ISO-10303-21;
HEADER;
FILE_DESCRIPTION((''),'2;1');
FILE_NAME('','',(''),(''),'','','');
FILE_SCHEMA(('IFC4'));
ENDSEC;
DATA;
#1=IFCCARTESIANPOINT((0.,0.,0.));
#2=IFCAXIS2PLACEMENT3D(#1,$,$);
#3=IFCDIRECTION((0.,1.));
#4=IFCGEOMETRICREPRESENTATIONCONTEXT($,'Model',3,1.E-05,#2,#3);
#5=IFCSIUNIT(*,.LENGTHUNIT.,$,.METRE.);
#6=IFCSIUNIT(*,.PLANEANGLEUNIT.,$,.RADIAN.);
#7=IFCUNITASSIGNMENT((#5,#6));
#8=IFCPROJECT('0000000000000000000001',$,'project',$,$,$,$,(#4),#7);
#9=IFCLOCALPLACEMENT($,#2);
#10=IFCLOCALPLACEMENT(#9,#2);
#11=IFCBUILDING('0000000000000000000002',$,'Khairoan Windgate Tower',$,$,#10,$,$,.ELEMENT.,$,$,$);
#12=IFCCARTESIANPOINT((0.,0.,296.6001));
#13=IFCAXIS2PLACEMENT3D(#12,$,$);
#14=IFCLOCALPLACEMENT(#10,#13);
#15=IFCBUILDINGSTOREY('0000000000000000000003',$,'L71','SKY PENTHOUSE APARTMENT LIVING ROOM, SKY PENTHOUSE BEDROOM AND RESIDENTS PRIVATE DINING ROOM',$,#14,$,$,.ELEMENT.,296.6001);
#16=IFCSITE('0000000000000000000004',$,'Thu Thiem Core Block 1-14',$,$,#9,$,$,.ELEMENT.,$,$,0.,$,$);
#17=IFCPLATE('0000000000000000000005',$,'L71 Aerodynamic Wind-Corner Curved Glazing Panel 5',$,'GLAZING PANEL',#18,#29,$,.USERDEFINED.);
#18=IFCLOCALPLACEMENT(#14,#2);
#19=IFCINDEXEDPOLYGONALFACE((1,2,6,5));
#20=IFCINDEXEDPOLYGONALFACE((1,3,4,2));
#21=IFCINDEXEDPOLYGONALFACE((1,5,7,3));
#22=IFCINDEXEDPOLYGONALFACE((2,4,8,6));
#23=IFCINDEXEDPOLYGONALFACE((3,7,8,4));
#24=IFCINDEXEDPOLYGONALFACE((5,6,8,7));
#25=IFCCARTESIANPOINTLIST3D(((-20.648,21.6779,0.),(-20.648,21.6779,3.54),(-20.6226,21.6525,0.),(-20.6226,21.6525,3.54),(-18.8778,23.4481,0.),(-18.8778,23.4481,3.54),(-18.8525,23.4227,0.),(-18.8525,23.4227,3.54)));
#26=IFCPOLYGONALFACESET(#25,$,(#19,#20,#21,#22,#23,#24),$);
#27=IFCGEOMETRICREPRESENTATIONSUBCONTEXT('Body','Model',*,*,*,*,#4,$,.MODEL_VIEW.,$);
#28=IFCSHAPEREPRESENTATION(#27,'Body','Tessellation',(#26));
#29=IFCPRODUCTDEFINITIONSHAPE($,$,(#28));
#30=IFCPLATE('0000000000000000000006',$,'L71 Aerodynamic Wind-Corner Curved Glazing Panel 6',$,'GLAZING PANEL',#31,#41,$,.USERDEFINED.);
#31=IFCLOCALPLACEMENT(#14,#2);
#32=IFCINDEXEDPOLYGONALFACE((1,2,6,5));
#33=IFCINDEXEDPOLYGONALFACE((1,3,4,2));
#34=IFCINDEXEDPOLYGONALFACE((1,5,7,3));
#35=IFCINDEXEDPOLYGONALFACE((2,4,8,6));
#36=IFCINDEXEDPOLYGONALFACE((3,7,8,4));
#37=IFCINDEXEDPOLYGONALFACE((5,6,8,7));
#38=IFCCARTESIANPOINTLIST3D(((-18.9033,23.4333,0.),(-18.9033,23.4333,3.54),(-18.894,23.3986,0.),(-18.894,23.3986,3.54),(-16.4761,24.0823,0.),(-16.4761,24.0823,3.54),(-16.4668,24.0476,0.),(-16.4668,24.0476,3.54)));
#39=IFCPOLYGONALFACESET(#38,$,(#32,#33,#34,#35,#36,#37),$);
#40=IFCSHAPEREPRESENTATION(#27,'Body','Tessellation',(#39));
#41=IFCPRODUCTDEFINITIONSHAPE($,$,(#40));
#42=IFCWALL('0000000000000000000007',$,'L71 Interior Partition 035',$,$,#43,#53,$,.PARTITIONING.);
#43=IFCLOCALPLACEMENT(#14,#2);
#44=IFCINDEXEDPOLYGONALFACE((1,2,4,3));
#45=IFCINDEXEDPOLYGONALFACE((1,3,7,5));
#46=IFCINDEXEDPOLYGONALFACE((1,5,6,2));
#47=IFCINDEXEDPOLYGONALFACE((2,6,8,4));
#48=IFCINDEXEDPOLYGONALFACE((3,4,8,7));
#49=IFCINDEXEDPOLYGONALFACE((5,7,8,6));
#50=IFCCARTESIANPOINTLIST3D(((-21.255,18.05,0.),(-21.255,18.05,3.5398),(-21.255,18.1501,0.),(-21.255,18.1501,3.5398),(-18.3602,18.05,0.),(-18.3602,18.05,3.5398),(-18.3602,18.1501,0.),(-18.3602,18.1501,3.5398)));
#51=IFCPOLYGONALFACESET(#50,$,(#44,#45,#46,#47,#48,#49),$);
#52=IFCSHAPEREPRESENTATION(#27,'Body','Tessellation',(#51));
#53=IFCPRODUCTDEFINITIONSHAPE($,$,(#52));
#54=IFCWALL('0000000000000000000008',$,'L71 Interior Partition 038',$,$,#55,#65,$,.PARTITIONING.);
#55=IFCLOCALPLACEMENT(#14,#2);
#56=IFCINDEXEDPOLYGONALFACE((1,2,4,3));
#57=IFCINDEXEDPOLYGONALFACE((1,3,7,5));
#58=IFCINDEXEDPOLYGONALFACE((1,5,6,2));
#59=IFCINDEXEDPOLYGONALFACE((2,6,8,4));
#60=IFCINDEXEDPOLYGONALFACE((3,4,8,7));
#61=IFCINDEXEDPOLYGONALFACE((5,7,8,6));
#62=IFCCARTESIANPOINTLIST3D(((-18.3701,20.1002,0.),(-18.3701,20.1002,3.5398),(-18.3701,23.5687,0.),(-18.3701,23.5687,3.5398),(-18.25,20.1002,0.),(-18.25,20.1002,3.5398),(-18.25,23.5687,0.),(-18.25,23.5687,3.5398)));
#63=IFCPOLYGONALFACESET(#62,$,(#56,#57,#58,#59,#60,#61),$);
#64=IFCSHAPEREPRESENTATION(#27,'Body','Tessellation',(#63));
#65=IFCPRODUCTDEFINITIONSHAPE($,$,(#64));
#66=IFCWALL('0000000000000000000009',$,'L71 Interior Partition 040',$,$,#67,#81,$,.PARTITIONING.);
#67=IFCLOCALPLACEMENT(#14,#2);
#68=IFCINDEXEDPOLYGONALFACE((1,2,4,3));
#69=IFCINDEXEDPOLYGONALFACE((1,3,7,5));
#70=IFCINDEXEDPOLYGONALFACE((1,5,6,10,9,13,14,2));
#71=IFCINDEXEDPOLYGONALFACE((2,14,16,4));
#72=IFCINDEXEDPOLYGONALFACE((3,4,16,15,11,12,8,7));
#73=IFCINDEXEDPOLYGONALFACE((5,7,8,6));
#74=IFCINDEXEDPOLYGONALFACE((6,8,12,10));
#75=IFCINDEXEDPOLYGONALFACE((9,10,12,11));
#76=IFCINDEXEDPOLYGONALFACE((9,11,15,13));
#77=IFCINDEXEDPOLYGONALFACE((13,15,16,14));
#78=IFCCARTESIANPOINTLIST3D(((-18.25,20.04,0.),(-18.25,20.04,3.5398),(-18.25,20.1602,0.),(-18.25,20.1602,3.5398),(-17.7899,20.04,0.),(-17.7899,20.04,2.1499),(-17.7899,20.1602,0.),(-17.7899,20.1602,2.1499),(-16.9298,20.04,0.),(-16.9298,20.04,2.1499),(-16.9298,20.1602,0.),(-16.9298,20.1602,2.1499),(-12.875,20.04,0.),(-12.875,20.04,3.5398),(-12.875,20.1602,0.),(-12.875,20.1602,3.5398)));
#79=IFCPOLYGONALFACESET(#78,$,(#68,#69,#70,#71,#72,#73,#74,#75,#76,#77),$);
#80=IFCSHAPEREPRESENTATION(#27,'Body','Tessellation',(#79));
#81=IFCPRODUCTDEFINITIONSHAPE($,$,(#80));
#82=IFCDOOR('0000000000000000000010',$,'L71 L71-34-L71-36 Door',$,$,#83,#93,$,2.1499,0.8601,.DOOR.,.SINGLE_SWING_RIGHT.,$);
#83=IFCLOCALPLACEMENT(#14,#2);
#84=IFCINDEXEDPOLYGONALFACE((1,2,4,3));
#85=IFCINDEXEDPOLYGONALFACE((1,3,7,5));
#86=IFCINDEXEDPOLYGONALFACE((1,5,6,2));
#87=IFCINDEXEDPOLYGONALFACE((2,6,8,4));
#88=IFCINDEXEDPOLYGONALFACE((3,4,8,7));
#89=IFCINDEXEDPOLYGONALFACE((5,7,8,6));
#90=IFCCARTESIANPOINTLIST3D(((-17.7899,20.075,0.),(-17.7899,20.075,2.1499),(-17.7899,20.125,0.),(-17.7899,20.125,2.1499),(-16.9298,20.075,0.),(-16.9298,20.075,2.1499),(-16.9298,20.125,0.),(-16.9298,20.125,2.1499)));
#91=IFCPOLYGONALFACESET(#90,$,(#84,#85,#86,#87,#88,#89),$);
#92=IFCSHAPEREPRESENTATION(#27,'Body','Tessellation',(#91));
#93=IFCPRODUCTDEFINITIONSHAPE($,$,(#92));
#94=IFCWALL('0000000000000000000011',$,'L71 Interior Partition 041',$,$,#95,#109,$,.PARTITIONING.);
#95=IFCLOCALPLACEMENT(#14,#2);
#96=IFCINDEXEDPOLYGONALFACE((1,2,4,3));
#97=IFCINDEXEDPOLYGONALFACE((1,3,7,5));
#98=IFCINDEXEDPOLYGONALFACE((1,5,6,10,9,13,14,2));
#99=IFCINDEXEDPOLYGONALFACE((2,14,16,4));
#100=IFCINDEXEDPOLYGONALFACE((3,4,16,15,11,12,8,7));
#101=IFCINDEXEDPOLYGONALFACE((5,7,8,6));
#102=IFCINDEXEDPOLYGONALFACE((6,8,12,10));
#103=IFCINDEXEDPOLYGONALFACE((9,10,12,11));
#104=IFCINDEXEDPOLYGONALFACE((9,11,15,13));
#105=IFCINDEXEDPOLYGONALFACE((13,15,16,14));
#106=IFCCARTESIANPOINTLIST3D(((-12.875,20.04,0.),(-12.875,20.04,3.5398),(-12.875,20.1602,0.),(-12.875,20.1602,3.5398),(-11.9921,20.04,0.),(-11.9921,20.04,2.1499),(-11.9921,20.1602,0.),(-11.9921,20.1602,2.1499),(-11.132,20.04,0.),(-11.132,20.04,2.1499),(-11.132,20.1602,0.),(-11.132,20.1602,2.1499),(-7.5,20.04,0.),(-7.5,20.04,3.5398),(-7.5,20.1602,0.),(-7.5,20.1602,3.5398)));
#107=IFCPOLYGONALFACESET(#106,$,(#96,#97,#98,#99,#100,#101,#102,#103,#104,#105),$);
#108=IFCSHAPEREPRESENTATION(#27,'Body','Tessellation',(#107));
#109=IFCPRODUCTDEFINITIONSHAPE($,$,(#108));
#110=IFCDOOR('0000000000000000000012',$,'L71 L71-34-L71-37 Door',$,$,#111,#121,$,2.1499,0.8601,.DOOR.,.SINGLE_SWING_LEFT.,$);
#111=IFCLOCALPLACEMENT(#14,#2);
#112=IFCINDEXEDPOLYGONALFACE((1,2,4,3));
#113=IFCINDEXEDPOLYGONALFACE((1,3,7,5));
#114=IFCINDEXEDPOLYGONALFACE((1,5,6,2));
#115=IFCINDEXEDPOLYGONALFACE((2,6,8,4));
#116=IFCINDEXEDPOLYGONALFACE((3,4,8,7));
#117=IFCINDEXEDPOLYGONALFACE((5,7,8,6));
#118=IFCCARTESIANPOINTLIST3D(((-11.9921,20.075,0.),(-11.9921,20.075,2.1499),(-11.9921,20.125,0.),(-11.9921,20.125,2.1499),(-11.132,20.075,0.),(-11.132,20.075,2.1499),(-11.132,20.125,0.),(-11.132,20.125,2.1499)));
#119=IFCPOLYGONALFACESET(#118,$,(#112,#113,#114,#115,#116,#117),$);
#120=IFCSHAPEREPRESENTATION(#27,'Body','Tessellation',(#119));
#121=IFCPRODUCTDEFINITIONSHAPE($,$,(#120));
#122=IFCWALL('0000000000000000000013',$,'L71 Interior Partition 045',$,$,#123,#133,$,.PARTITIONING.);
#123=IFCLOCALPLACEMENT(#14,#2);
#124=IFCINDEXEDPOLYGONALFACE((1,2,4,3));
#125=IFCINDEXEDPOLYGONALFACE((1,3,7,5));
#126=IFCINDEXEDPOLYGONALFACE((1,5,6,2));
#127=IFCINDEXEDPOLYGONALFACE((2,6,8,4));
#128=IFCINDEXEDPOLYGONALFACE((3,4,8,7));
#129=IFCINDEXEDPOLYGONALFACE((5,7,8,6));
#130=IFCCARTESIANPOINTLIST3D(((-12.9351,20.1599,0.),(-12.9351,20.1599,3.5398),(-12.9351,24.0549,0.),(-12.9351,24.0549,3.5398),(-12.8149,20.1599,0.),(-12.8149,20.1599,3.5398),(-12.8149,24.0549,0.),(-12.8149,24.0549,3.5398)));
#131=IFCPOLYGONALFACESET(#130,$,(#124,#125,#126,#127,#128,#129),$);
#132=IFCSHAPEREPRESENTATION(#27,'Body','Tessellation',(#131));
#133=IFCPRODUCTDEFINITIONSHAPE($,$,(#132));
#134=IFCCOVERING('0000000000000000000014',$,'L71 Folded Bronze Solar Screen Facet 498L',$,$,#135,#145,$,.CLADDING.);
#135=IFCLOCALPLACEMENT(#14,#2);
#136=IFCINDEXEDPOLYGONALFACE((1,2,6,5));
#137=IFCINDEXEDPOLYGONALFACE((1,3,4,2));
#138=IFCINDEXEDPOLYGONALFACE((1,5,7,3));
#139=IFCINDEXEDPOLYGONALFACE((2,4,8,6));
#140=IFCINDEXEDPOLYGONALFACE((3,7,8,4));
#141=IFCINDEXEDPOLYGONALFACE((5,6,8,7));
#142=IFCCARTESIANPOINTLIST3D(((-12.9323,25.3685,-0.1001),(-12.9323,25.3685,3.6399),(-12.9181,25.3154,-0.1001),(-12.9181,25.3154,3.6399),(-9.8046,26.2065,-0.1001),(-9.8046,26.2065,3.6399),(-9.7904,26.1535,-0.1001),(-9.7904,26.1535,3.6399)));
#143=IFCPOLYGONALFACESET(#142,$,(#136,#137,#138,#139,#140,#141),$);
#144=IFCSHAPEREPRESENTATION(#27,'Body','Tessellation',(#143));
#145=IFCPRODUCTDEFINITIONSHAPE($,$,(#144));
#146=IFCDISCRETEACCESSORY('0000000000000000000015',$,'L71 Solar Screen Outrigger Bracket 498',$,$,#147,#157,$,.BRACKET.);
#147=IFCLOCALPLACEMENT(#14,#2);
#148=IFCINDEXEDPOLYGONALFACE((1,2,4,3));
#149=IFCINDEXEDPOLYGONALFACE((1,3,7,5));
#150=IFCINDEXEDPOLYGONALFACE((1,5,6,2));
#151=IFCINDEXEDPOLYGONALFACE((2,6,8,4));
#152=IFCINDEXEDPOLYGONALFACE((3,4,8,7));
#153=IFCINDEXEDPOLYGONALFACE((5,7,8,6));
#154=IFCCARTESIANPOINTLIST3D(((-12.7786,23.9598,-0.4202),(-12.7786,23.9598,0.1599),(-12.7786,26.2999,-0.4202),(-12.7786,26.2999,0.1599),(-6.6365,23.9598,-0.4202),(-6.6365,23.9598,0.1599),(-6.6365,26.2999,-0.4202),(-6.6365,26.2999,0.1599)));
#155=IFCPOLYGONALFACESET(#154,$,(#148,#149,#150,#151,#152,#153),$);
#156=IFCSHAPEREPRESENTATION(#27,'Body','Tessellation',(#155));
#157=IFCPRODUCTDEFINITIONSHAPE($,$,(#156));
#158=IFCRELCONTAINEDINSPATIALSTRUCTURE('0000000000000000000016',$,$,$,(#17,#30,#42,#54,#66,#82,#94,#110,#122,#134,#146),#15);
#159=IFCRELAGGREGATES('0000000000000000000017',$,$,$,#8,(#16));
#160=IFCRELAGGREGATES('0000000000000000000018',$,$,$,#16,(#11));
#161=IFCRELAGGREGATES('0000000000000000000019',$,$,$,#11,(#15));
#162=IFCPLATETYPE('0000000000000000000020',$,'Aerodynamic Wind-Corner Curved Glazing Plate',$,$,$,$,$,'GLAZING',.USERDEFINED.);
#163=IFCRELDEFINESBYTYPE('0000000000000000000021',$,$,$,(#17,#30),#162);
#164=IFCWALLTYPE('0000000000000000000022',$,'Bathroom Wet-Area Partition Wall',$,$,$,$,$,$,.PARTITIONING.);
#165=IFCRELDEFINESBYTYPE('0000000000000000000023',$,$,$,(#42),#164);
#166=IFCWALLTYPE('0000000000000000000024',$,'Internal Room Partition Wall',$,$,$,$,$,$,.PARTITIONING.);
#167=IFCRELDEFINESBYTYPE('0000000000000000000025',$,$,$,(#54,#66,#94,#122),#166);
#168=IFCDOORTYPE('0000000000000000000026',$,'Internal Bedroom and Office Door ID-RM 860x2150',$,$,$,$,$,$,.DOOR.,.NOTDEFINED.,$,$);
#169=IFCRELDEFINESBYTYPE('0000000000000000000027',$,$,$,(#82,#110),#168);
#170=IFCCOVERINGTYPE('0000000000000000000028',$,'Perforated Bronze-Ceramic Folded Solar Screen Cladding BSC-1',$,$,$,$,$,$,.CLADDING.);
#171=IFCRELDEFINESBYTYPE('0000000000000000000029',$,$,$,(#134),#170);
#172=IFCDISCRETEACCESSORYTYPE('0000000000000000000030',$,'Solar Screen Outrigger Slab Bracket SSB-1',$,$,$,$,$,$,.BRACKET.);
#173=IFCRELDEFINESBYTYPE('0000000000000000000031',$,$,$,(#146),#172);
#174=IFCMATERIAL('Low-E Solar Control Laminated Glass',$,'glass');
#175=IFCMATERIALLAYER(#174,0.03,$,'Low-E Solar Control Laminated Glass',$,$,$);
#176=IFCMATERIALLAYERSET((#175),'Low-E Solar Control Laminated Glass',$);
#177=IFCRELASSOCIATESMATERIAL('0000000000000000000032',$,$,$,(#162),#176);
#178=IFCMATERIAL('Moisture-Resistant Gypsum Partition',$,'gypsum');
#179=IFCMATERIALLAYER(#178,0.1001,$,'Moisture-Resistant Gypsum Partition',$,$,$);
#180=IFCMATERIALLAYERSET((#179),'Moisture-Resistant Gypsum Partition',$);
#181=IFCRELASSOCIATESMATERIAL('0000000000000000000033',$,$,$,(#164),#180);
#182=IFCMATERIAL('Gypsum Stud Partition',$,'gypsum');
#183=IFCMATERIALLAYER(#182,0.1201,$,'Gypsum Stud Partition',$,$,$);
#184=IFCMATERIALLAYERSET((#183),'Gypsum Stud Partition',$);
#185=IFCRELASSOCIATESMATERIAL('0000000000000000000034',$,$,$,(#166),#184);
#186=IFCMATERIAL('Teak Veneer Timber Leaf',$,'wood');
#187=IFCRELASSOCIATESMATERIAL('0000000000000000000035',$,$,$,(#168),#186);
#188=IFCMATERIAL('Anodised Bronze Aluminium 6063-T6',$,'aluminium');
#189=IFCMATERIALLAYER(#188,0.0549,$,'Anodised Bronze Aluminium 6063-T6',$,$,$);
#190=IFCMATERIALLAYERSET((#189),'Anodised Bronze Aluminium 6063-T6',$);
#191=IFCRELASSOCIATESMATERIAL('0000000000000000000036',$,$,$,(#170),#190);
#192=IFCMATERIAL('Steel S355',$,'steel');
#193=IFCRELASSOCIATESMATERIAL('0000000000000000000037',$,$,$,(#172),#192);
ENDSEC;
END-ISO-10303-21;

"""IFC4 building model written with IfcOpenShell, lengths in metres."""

from ifc_helpers import new_model, si_unit, direction, frame, frame_2d, origin, origin_2d, place, context, subcontext, project, spatial, rectangle, extrude, material, layer, layer_set, type_object, element, fill, save


model = new_model("IFC4")

# Units and contexts
model_context = context("Model", 3, precision=1e-05, world=origin(), true_north=direction((0.0, 1.0)))
body_context = subcontext(model_context, "Body", "Model", "MODEL_VIEW")
ifc_project = project(units=[si_unit("LENGTHUNIT", "METRE"), si_unit("PLANEANGLEUNIT", "RADIAN")], contexts=[model_context])

# Site, building, storey
site_placement = place(None, origin())
site = spatial("IfcSite", under=ifc_project, at=site_placement, Name="Thu Thiem Core Block 1-14", CompositionType="ELEMENT", RefElevation=0.0)
building_placement = place(site_placement, origin())
building = spatial("IfcBuilding", under=site, at=building_placement, Name="Khairoan Windgate Tower", CompositionType="ELEMENT")
storey_placement = place(building_placement, frame((0.0, 0.0, 296.6001)))
storey = spatial("IfcBuildingStorey", under=building, at=storey_placement, Name="L71", Description="SKY PENTHOUSE APARTMENT LIVING ROOM, SKY PENTHOUSE BEDROOM AND RESIDENTS PRIVATE DINING ROOM", CompositionType="ELEMENT", Elevation=296.6001)

# Plates
ifc_material_1 = material(Name="Low-E Solar Control Laminated Glass", Category="glass")
ifc_layer_1 = layer(ifc_material_1, 0.03, Name="Low-E Solar Control Laminated Glass")
ifc_layer_set_1 = layer_set([ifc_layer_1], Name="Low-E Solar Control Laminated Glass")
plate_type_1 = type_object("IfcPlateType", Name="Aerodynamic Wind-Corner Curved Glazing Plate", ElementType="GLAZING", PredefinedType="USERDEFINED", material=ifc_layer_set_1)
plate_1_placement = place(storey_placement, frame((-19.7502, 22.5503, 0.0), z_axis=(0.0, 0.0, 1.0), x_axis=(0.707107, 0.707107, 0.0)))
element("IfcPlate", 1, at=plate_1_placement, inside=storey, type_object=plate_type_1, Name="L71 Aerodynamic Wind-Corner Curved Glazing Panel 5", ObjectType="GLAZING PANEL", PredefinedType="USERDEFINED", context=body_context, shape_type="SweptSolid", body=[
    extrude(rectangle(XDim=2.5034, YDim=0.0359, at=origin_2d()), origin(), (0.0, 0.0, 1.0), 3.54),
])
plate_2_placement = place(storey_placement, frame((-17.6851, 23.7405, 0.0), z_axis=(0.0, 0.0, 1.0), x_axis=(0.966061, 0.258313, 0.0)))
element("IfcPlate", 2, at=plate_2_placement, inside=storey, type_object=plate_type_1, Name="L71 Aerodynamic Wind-Corner Curved Glazing Panel 6", ObjectType="GLAZING PANEL", PredefinedType="USERDEFINED", context=body_context, shape_type="SweptSolid", body=[
    extrude(rectangle(XDim=2.5125, YDim=0.0359, at=origin_2d()), origin(), (0.0, 0.0, 1.0), 3.54),
])

# Wall
ifc_material_2 = material(Name="Moisture-Resistant Gypsum Partition", Category="gypsum")
ifc_layer_2 = layer(ifc_material_2, 0.1001, Name="Moisture-Resistant Gypsum Partition")
ifc_layer_set_2 = layer_set([ifc_layer_2], Name="Moisture-Resistant Gypsum Partition")
wall_type_1 = type_object("IfcWallType", Name="Bathroom Wet-Area Partition Wall", PredefinedType="PARTITIONING", material=ifc_layer_set_2)
wall_1_placement = place(storey_placement, frame((-21.2549, 18.1001, 0.0), z_axis=(0.0, 0.0, 1.0), x_axis=(1.0, 0.0, 0.0)))
element("IfcWall", 3, at=wall_1_placement, inside=storey, type_object=wall_type_1, Name="L71 Interior Partition 035", PredefinedType="PARTITIONING", context=body_context, shape_type="SweptSolid", body=[
    extrude(rectangle(XDim=2.8948, YDim=0.1001, at=frame_2d((1.4473, 0.0))), origin(), (0.0, 0.0, 1.0), 3.5398),
])

# Shared definitions
ifc_material_3 = material(Name="Gypsum Stud Partition", Category="gypsum")
ifc_layer_3 = layer(ifc_material_3, 0.1201, Name="Gypsum Stud Partition")
ifc_layer_set_3 = layer_set([ifc_layer_3], Name="Gypsum Stud Partition")
wall_type_2 = type_object("IfcWallType", Name="Internal Room Partition Wall", PredefinedType="PARTITIONING", material=ifc_layer_set_3)
ifc_material_4 = material(Name="Teak Veneer Timber Leaf", Category="wood")
door_type = type_object("IfcDoorType", Name="Internal Bedroom and Office Door ID-RM 860x2150", OperationType="NOTDEFINED", PredefinedType="DOOR", material=ifc_material_4)

# Wall
wall_2_placement = place(storey_placement, frame((-18.3101, 20.1001, 0.0), z_axis=(0.0, 0.0, 1.0), x_axis=(0.0, 1.0, 0.0)))
element("IfcWall", 4, at=wall_2_placement, inside=storey, type_object=wall_type_2, Name="L71 Interior Partition 038", PredefinedType="PARTITIONING", context=body_context, shape_type="SweptSolid", body=[
    extrude(rectangle(XDim=3.4685, YDim=0.1201, at=frame_2d((1.7344, 0.0))), origin(), (0.0, 0.0, 1.0), 3.5398),
])

# Walls, openings, doors
wall_3_placement = place(storey_placement, frame((-18.25, 20.1001, 0.0), z_axis=(0.0, 0.0, 1.0), x_axis=(1.0, 0.0, 0.0)))
wall_3 = element("IfcWall", 5, at=wall_3_placement, inside=storey, type_object=wall_type_2, Name="L71 Interior Partition 040", PredefinedType="PARTITIONING", context=body_context, shape_type="SweptSolid", body=[
    extrude(rectangle(XDim=5.375, YDim=0.1201, at=frame_2d((2.6875, 0.0))), origin(), (0.0, 0.0, 1.0), 3.5398),
])
opening_1_placement = place(wall_3_placement, frame((0.46, 0.0, 0.0)))
opening_1 = element("IfcOpeningElement", 6, at=opening_1_placement, cuts=wall_3, PredefinedType="OPENING", context=body_context, shape_type="SweptSolid", body=[
    extrude(rectangle(XDim=0.8601, YDim=2.1499, at=frame_2d((0.4302, 1.075))), frame((0.0, 0.0701, 0.0), z_axis=(0.0, -1.0, 0.0), x_axis=(1.0, 0.0, 0.0)), (0.0, 0.0, 1.0), 0.1401),
])
door_1_placement = place(opening_1_placement, origin())
door_1 = element("IfcDoor", 7, at=door_1_placement, inside=storey, type_object=door_type, Name="L71 L71-34-L71-36 Door", OperationType="SINGLE_SWING_RIGHT", OverallHeight=2.1499, OverallWidth=0.8601, PredefinedType="DOOR", context=body_context, shape_type="SweptSolid", body=[
    extrude(rectangle(XDim=0.8601, YDim=2.1499, at=frame_2d((0.4302, 1.075))), frame((0.0, 0.0249, 0.0), z_axis=(0.0, -1.0, 0.0), x_axis=(1.0, 0.0, 0.0)), (0.0, 0.0, 1.0), 0.05),
])
fill(opening_1, door_1)
wall_4_placement = place(storey_placement, frame((-12.875, 20.1001, 0.0), z_axis=(0.0, 0.0, 1.0), x_axis=(1.0, 0.0, 0.0)))
wall_4 = element("IfcWall", 8, at=wall_4_placement, inside=storey, type_object=wall_type_2, Name="L71 Interior Partition 041", PredefinedType="PARTITIONING", context=body_context, shape_type="SweptSolid", body=[
    extrude(rectangle(XDim=5.375, YDim=0.1201, at=frame_2d((2.6875, 0.0))), origin(), (0.0, 0.0, 1.0), 3.5398),
])
opening_2_placement = place(wall_4_placement, frame((0.8828, 0.0, 0.0)))
opening_2 = element("IfcOpeningElement", 9, at=opening_2_placement, cuts=wall_4, PredefinedType="OPENING", context=body_context, shape_type="SweptSolid", body=[
    extrude(rectangle(XDim=0.8601, YDim=2.1499, at=frame_2d((0.4302, 1.075))), frame((0.0, 0.0701, 0.0), z_axis=(0.0, -1.0, 0.0), x_axis=(1.0, 0.0, 0.0)), (0.0, 0.0, 1.0), 0.1401),
])
door_2_placement = place(opening_2_placement, origin())
door_2 = element("IfcDoor", 10, at=door_2_placement, inside=storey, type_object=door_type, Name="L71 L71-34-L71-37 Door", OperationType="SINGLE_SWING_LEFT", OverallHeight=2.1499, OverallWidth=0.8601, PredefinedType="DOOR", context=body_context, shape_type="SweptSolid", body=[
    extrude(rectangle(XDim=0.8601, YDim=2.1499, at=frame_2d((0.4302, 1.075))), frame((0.0, 0.0249, 0.0), z_axis=(0.0, -1.0, 0.0), x_axis=(1.0, 0.0, 0.0)), (0.0, 0.0, 1.0), 0.05),
])
fill(opening_2, door_2)

# Wall
wall_5_placement = place(storey_placement, frame((-12.875, 20.1599, 0.0), z_axis=(0.0, 0.0, 1.0), x_axis=(0.0, 1.0, 0.0)))
element("IfcWall", 11, at=wall_5_placement, inside=storey, type_object=wall_type_2, Name="L71 Interior Partition 045", PredefinedType="PARTITIONING", context=body_context, shape_type="SweptSolid", body=[
    extrude(rectangle(XDim=3.895, YDim=0.1201, at=frame_2d((1.9475, 0.0))), origin(), (0.0, 0.0, 1.0), 3.5398),
])

# Covering
ifc_material_5 = material(Name="Anodised Bronze Aluminium 6063-T6", Category="aluminium")
ifc_layer_4 = layer(ifc_material_5, 0.0549, Name="Anodised Bronze Aluminium 6063-T6")
ifc_layer_set_4 = layer_set([ifc_layer_4], Name="Anodised Bronze Aluminium 6063-T6")
covering_type = type_object("IfcCoveringType", Name="Perforated Bronze-Ceramic Folded Solar Screen Cladding BSC-1", PredefinedType="CLADDING", material=ifc_layer_set_4)
covering_placement = place(storey_placement, frame((-11.3613, 25.761, -0.1001), z_axis=(0.0, 0.0, 1.0), x_axis=(0.965926, 0.258819, 0.0)))
element("IfcCovering", 12, at=covering_placement, inside=storey, type_object=covering_type, Name="L71 Folded Bronze Solar Screen Facet 498L", PredefinedType="CLADDING", context=body_context, shape_type="SweptSolid", body=[
    extrude(rectangle(XDim=3.238, YDim=0.0549, at=origin_2d()), origin(), (0.0, 0.0, 1.0), 3.74),
])

# Discrete accessory
ifc_material_6 = material(Name="Steel S355", Category="steel")
discrete_accessory_type = type_object("IfcDiscreteAccessoryType", Name="Solar Screen Outrigger Slab Bracket SSB-1", PredefinedType="BRACKET", material=ifc_material_6)
discrete_accessory_placement = place(storey_placement, frame((-9.7075, 25.1299, -0.4202), z_axis=(0.0, 0.0, 1.0), x_axis=(1.0, 0.0, 0.0)))
element("IfcDiscreteAccessory", 13, at=discrete_accessory_placement, inside=storey, type_object=discrete_accessory_type, Name="L71 Solar Screen Outrigger Bracket 498", PredefinedType="BRACKET", context=body_context, shape_type="SweptSolid", body=[
    extrude(rectangle(XDim=6.1421, YDim=2.3401, at=origin_2d()), origin(), (0.0, 0.0, 1.0), 0.5801),
])

save(model, "model.ifc")
